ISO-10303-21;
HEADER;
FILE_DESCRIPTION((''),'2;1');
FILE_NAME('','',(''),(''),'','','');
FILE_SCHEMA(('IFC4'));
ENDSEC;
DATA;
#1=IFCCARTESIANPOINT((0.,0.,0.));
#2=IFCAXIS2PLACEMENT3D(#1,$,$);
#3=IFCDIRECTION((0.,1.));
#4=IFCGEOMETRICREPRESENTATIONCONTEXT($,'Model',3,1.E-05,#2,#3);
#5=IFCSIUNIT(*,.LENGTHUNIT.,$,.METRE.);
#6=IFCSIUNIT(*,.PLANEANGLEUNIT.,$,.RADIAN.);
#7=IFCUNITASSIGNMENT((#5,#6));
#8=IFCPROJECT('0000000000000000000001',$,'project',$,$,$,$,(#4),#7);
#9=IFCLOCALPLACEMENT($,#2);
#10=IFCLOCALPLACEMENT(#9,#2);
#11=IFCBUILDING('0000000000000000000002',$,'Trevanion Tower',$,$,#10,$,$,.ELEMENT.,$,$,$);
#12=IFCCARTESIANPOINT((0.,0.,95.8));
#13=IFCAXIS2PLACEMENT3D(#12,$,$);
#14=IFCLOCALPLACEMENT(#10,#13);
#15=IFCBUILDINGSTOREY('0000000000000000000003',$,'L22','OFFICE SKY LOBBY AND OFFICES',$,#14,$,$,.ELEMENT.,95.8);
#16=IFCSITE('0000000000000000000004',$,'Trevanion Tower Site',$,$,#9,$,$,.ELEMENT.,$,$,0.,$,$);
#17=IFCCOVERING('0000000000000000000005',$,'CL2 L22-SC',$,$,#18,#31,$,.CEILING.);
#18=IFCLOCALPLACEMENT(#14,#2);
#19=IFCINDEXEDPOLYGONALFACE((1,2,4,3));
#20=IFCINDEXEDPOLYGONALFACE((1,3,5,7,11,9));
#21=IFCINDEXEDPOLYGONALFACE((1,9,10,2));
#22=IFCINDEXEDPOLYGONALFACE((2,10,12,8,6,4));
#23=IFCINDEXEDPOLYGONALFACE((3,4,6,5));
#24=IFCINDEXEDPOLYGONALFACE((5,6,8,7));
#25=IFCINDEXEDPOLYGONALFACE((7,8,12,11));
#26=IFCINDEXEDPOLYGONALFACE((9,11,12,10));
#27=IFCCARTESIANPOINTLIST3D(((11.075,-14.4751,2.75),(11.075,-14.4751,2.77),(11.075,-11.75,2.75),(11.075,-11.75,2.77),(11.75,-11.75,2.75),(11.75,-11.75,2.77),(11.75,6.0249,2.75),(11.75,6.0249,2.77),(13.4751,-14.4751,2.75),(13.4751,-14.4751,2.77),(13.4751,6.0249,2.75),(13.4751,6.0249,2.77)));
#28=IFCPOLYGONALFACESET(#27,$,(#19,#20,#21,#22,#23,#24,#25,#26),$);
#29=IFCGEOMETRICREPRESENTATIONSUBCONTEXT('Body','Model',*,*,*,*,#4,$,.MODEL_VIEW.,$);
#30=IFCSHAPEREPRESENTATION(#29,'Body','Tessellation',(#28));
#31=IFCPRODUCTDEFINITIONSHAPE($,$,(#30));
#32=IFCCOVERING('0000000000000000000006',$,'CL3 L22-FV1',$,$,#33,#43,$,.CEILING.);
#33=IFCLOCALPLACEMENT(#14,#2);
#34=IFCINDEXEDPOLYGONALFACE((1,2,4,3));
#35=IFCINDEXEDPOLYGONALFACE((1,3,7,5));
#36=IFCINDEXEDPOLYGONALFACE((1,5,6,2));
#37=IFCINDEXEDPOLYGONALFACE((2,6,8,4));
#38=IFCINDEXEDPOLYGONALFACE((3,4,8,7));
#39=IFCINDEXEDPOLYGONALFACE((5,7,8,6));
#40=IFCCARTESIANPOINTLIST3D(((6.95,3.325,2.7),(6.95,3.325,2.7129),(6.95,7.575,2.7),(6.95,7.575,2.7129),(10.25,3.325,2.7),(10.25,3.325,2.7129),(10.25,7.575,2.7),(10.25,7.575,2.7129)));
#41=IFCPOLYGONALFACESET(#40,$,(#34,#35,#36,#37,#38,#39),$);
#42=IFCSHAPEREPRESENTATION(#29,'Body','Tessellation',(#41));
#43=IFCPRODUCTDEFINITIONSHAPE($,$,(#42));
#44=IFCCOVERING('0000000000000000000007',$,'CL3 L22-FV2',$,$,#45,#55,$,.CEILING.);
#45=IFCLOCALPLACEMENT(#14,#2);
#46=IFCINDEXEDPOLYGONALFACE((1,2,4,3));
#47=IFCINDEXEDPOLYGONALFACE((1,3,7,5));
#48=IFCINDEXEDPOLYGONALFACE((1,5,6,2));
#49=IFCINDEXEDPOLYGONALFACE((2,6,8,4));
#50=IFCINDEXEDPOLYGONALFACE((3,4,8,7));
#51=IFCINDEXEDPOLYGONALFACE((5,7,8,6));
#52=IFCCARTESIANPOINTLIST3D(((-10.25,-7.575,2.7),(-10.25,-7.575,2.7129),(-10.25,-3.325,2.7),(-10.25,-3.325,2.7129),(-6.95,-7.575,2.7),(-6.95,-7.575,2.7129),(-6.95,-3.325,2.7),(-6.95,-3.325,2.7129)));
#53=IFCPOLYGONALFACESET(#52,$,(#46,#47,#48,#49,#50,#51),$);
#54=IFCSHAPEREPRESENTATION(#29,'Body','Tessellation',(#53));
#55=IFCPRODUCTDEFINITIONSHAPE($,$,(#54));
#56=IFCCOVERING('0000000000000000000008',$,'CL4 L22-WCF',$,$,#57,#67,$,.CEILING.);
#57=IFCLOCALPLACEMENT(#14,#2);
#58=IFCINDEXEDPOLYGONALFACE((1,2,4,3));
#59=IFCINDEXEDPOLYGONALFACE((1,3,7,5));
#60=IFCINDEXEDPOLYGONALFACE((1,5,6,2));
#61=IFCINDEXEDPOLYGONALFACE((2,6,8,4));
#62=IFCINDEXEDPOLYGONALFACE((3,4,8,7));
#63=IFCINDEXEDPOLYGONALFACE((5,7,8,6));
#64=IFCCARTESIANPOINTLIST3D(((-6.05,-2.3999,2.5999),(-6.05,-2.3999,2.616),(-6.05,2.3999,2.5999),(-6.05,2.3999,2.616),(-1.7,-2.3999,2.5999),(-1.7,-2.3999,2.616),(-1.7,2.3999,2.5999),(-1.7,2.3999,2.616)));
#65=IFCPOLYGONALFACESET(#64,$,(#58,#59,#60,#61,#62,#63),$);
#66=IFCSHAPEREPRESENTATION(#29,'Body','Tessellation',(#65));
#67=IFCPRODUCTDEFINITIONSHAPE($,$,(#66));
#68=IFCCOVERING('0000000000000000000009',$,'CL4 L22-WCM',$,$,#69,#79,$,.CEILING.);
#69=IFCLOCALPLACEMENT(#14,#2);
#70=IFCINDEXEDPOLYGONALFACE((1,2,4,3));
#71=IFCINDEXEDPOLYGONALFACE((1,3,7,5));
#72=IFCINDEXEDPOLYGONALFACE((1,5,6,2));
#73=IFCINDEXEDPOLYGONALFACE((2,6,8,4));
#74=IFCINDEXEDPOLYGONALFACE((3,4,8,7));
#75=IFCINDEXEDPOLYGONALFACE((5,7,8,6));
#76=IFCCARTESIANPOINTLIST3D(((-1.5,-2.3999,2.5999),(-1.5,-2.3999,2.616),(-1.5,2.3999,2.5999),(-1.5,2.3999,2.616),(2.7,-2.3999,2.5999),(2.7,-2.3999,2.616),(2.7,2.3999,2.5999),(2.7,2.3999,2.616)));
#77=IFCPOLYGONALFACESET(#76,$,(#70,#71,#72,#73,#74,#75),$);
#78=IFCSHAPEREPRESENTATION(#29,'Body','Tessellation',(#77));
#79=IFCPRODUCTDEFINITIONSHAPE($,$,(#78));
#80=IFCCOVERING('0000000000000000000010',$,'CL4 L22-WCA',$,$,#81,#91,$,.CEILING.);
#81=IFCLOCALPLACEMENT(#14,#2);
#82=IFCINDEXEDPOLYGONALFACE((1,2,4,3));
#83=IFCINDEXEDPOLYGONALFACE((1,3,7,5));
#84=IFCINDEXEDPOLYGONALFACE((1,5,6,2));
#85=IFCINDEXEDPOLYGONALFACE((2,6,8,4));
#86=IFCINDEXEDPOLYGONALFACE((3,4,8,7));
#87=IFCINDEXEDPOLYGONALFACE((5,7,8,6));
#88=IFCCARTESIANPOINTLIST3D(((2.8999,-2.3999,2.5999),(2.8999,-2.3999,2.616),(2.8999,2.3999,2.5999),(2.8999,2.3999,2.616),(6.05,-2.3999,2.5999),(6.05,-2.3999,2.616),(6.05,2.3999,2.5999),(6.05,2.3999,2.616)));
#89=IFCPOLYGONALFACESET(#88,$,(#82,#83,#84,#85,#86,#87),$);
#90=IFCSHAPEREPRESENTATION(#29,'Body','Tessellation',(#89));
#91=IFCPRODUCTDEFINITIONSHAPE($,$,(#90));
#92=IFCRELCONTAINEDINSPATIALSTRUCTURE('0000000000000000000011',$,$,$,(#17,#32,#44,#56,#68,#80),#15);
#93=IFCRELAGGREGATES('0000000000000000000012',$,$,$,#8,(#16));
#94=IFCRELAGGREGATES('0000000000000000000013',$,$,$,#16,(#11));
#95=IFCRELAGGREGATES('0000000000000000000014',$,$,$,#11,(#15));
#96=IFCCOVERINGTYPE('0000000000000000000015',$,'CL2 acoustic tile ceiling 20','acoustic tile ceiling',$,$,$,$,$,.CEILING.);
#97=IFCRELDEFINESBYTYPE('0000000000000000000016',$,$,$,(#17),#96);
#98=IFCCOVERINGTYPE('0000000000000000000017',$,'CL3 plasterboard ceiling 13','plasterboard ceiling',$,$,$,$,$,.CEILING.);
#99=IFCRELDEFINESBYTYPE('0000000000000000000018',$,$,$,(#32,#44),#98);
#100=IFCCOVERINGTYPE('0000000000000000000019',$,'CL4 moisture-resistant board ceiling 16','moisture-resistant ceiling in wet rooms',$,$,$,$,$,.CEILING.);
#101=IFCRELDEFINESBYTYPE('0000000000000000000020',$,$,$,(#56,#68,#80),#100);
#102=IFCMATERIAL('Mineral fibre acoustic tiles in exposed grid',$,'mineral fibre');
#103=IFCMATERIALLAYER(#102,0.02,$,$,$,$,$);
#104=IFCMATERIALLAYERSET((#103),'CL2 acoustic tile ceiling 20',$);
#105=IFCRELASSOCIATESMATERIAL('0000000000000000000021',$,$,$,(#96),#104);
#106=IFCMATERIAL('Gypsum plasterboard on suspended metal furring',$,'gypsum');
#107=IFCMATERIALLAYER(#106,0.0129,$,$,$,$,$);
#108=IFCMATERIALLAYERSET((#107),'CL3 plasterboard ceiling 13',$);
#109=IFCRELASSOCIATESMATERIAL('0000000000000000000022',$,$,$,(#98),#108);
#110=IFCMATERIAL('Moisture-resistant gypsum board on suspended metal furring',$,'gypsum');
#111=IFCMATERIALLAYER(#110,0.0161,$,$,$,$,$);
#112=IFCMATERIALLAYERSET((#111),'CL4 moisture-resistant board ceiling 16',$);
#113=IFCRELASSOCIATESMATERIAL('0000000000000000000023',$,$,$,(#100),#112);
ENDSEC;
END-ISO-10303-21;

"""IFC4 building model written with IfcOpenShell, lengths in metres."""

from ifc_helpers import new_model, si_unit, direction, frame, origin, place, context, subcontext, project, spatial, polyline, outline, extrude, material, layer, layer_set, type_object, element, save


model = new_model("IFC4")

# Units and contexts
model_context = context("Model", 3, precision=1e-05, world=origin(), true_north=direction((0.0, 1.0)))
body_context = subcontext(model_context, "Body", "Model", "MODEL_VIEW")
ifc_project = project(units=[si_unit("LENGTHUNIT", "METRE"), si_unit("PLANEANGLEUNIT", "RADIAN")], contexts=[model_context])

# Site, building, storey
site_placement = place(None, origin())
site = spatial("IfcSite", under=ifc_project, at=site_placement, Name="Trevanion Tower Site", CompositionType="ELEMENT", RefElevation=0.0)
building_placement = place(site_placement, origin())
building = spatial("IfcBuilding", under=site, at=building_placement, Name="Trevanion Tower", CompositionType="ELEMENT")
storey_placement = place(building_placement, frame((0.0, 0.0, 95.8)))
storey = spatial("IfcBuildingStorey", under=building, at=storey_placement, Name="L22", Description="OFFICE SKY LOBBY AND OFFICES", CompositionType="ELEMENT", Elevation=95.8)

# Coverings
ifc_material_1 = material(Name="Mineral fibre acoustic tiles in exposed grid", Category="mineral fibre")
ifc_layer_1 = layer(ifc_material_1, 0.02)
ifc_layer_set_1 = layer_set([ifc_layer_1], Name="CL2 acoustic tile ceiling 20")
covering_type_1 = type_object("IfcCoveringType", Name="CL2 acoustic tile ceiling 20", Description="acoustic tile ceiling", PredefinedType="CEILING", material=ifc_layer_set_1)
covering_1_placement = place(storey_placement, frame((0.0, 0.0, 2.75)))
element("IfcCovering", 1, at=covering_1_placement, inside=storey, type_object=covering_type_1, Name="CL2 L22-SC", PredefinedType="CEILING", context=body_context, shape_type="SweptSolid", body=[
    extrude(outline(polyline([(11.75, -11.75), (11.75, 6.0249), (13.4751, 6.0249), (13.4751, -14.4751), (11.075, -14.4751), (11.075, -11.75), (11.75, -11.75)])), origin(), (0.0, 0.0, 1.0), 0.02),
])
ifc_material_2 = material(Name="Gypsum plasterboard on suspended metal furring", Category="gypsum")
ifc_layer_2 = layer(ifc_material_2, 0.0129)
ifc_layer_set_2 = layer_set([ifc_layer_2], Name="CL3 plasterboard ceiling 13")
covering_type_2 = type_object("IfcCoveringType", Name="CL3 plasterboard ceiling 13", Description="plasterboard ceiling", PredefinedType="CEILING", material=ifc_layer_set_2)
covering_2_placement = place(storey_placement, frame((0.0, 0.0, 2.7)))
element("IfcCovering", 2, at=covering_2_placement, inside=storey, type_object=covering_type_2, Name="CL3 L22-FV1", PredefinedType="CEILING", context=body_context, shape_type="SweptSolid", body=[
    extrude(outline(polyline([(10.25, 3.325), (10.25, 7.575), (6.95, 7.575), (6.95, 3.325), (10.25, 3.325)])), origin(), (0.0, 0.0, 1.0), 0.0129),
])
covering_3_placement = place(storey_placement, frame((0.0, 0.0, 2.7)))
element("IfcCovering", 3, at=covering_3_placement, inside=storey, type_object=covering_type_2, Name="CL3 L22-FV2", PredefinedType="CEILING", context=body_context, shape_type="SweptSolid", body=[
    extrude(outline(polyline([(-10.25, -3.325), (-10.25, -7.575), (-6.95, -7.575), (-6.95, -3.325), (-10.25, -3.325)])), origin(), (0.0, 0.0, 1.0), 0.0129),
])
ifc_material_3 = material(Name="Moisture-resistant gypsum board on suspended metal furring", Category="gypsum")
ifc_layer_3 = layer(ifc_material_3, 0.0161)
ifc_layer_set_3 = layer_set([ifc_layer_3], Name="CL4 moisture-resistant board ceiling 16")
covering_type_3 = type_object("IfcCoveringType", Name="CL4 moisture-resistant board ceiling 16", Description="moisture-resistant ceiling in wet rooms", PredefinedType="CEILING", material=ifc_layer_set_3)
covering_4_placement = place(storey_placement, frame((0.0, 0.0, 2.5999)))
element("IfcCovering", 4, at=covering_4_placement, inside=storey, type_object=covering_type_3, Name="CL4 L22-WCF", PredefinedType="CEILING", context=body_context, shape_type="SweptSolid", body=[
    extrude(outline(polyline([(-1.7, -2.3999), (-1.7, 2.3999), (-6.05, 2.3999), (-6.05, -2.3999), (-1.7, -2.3999)])), origin(), (0.0, 0.0, 1.0), 0.0161),
])
covering_5_placement = place(storey_placement, frame((0.0, 0.0, 2.5999)))
element("IfcCovering", 5, at=covering_5_placement, inside=storey, type_object=covering_type_3, Name="CL4 L22-WCM", PredefinedType="CEILING", context=body_context, shape_type="SweptSolid", body=[
    extrude(outline(polyline([(2.7, -2.3999), (2.7, 2.3999), (-1.5, 2.3999), (-1.5, -2.3999), (2.7, -2.3999)])), origin(), (0.0, 0.0, 1.0), 0.0161),
])
covering_6_placement = place(storey_placement, frame((0.0, 0.0, 2.5999)))
element("IfcCovering", 6, at=covering_6_placement, inside=storey, type_object=covering_type_3, Name="CL4 L22-WCA", PredefinedType="CEILING", context=body_context, shape_type="SweptSolid", body=[
    extrude(outline(polyline([(6.05, -2.3999), (6.05, 2.3999), (2.8999, 2.3999), (2.8999, -2.3999), (6.05, -2.3999)])), origin(), (0.0, 0.0, 1.0), 0.0161),
])

save(model, "model.ifc")
